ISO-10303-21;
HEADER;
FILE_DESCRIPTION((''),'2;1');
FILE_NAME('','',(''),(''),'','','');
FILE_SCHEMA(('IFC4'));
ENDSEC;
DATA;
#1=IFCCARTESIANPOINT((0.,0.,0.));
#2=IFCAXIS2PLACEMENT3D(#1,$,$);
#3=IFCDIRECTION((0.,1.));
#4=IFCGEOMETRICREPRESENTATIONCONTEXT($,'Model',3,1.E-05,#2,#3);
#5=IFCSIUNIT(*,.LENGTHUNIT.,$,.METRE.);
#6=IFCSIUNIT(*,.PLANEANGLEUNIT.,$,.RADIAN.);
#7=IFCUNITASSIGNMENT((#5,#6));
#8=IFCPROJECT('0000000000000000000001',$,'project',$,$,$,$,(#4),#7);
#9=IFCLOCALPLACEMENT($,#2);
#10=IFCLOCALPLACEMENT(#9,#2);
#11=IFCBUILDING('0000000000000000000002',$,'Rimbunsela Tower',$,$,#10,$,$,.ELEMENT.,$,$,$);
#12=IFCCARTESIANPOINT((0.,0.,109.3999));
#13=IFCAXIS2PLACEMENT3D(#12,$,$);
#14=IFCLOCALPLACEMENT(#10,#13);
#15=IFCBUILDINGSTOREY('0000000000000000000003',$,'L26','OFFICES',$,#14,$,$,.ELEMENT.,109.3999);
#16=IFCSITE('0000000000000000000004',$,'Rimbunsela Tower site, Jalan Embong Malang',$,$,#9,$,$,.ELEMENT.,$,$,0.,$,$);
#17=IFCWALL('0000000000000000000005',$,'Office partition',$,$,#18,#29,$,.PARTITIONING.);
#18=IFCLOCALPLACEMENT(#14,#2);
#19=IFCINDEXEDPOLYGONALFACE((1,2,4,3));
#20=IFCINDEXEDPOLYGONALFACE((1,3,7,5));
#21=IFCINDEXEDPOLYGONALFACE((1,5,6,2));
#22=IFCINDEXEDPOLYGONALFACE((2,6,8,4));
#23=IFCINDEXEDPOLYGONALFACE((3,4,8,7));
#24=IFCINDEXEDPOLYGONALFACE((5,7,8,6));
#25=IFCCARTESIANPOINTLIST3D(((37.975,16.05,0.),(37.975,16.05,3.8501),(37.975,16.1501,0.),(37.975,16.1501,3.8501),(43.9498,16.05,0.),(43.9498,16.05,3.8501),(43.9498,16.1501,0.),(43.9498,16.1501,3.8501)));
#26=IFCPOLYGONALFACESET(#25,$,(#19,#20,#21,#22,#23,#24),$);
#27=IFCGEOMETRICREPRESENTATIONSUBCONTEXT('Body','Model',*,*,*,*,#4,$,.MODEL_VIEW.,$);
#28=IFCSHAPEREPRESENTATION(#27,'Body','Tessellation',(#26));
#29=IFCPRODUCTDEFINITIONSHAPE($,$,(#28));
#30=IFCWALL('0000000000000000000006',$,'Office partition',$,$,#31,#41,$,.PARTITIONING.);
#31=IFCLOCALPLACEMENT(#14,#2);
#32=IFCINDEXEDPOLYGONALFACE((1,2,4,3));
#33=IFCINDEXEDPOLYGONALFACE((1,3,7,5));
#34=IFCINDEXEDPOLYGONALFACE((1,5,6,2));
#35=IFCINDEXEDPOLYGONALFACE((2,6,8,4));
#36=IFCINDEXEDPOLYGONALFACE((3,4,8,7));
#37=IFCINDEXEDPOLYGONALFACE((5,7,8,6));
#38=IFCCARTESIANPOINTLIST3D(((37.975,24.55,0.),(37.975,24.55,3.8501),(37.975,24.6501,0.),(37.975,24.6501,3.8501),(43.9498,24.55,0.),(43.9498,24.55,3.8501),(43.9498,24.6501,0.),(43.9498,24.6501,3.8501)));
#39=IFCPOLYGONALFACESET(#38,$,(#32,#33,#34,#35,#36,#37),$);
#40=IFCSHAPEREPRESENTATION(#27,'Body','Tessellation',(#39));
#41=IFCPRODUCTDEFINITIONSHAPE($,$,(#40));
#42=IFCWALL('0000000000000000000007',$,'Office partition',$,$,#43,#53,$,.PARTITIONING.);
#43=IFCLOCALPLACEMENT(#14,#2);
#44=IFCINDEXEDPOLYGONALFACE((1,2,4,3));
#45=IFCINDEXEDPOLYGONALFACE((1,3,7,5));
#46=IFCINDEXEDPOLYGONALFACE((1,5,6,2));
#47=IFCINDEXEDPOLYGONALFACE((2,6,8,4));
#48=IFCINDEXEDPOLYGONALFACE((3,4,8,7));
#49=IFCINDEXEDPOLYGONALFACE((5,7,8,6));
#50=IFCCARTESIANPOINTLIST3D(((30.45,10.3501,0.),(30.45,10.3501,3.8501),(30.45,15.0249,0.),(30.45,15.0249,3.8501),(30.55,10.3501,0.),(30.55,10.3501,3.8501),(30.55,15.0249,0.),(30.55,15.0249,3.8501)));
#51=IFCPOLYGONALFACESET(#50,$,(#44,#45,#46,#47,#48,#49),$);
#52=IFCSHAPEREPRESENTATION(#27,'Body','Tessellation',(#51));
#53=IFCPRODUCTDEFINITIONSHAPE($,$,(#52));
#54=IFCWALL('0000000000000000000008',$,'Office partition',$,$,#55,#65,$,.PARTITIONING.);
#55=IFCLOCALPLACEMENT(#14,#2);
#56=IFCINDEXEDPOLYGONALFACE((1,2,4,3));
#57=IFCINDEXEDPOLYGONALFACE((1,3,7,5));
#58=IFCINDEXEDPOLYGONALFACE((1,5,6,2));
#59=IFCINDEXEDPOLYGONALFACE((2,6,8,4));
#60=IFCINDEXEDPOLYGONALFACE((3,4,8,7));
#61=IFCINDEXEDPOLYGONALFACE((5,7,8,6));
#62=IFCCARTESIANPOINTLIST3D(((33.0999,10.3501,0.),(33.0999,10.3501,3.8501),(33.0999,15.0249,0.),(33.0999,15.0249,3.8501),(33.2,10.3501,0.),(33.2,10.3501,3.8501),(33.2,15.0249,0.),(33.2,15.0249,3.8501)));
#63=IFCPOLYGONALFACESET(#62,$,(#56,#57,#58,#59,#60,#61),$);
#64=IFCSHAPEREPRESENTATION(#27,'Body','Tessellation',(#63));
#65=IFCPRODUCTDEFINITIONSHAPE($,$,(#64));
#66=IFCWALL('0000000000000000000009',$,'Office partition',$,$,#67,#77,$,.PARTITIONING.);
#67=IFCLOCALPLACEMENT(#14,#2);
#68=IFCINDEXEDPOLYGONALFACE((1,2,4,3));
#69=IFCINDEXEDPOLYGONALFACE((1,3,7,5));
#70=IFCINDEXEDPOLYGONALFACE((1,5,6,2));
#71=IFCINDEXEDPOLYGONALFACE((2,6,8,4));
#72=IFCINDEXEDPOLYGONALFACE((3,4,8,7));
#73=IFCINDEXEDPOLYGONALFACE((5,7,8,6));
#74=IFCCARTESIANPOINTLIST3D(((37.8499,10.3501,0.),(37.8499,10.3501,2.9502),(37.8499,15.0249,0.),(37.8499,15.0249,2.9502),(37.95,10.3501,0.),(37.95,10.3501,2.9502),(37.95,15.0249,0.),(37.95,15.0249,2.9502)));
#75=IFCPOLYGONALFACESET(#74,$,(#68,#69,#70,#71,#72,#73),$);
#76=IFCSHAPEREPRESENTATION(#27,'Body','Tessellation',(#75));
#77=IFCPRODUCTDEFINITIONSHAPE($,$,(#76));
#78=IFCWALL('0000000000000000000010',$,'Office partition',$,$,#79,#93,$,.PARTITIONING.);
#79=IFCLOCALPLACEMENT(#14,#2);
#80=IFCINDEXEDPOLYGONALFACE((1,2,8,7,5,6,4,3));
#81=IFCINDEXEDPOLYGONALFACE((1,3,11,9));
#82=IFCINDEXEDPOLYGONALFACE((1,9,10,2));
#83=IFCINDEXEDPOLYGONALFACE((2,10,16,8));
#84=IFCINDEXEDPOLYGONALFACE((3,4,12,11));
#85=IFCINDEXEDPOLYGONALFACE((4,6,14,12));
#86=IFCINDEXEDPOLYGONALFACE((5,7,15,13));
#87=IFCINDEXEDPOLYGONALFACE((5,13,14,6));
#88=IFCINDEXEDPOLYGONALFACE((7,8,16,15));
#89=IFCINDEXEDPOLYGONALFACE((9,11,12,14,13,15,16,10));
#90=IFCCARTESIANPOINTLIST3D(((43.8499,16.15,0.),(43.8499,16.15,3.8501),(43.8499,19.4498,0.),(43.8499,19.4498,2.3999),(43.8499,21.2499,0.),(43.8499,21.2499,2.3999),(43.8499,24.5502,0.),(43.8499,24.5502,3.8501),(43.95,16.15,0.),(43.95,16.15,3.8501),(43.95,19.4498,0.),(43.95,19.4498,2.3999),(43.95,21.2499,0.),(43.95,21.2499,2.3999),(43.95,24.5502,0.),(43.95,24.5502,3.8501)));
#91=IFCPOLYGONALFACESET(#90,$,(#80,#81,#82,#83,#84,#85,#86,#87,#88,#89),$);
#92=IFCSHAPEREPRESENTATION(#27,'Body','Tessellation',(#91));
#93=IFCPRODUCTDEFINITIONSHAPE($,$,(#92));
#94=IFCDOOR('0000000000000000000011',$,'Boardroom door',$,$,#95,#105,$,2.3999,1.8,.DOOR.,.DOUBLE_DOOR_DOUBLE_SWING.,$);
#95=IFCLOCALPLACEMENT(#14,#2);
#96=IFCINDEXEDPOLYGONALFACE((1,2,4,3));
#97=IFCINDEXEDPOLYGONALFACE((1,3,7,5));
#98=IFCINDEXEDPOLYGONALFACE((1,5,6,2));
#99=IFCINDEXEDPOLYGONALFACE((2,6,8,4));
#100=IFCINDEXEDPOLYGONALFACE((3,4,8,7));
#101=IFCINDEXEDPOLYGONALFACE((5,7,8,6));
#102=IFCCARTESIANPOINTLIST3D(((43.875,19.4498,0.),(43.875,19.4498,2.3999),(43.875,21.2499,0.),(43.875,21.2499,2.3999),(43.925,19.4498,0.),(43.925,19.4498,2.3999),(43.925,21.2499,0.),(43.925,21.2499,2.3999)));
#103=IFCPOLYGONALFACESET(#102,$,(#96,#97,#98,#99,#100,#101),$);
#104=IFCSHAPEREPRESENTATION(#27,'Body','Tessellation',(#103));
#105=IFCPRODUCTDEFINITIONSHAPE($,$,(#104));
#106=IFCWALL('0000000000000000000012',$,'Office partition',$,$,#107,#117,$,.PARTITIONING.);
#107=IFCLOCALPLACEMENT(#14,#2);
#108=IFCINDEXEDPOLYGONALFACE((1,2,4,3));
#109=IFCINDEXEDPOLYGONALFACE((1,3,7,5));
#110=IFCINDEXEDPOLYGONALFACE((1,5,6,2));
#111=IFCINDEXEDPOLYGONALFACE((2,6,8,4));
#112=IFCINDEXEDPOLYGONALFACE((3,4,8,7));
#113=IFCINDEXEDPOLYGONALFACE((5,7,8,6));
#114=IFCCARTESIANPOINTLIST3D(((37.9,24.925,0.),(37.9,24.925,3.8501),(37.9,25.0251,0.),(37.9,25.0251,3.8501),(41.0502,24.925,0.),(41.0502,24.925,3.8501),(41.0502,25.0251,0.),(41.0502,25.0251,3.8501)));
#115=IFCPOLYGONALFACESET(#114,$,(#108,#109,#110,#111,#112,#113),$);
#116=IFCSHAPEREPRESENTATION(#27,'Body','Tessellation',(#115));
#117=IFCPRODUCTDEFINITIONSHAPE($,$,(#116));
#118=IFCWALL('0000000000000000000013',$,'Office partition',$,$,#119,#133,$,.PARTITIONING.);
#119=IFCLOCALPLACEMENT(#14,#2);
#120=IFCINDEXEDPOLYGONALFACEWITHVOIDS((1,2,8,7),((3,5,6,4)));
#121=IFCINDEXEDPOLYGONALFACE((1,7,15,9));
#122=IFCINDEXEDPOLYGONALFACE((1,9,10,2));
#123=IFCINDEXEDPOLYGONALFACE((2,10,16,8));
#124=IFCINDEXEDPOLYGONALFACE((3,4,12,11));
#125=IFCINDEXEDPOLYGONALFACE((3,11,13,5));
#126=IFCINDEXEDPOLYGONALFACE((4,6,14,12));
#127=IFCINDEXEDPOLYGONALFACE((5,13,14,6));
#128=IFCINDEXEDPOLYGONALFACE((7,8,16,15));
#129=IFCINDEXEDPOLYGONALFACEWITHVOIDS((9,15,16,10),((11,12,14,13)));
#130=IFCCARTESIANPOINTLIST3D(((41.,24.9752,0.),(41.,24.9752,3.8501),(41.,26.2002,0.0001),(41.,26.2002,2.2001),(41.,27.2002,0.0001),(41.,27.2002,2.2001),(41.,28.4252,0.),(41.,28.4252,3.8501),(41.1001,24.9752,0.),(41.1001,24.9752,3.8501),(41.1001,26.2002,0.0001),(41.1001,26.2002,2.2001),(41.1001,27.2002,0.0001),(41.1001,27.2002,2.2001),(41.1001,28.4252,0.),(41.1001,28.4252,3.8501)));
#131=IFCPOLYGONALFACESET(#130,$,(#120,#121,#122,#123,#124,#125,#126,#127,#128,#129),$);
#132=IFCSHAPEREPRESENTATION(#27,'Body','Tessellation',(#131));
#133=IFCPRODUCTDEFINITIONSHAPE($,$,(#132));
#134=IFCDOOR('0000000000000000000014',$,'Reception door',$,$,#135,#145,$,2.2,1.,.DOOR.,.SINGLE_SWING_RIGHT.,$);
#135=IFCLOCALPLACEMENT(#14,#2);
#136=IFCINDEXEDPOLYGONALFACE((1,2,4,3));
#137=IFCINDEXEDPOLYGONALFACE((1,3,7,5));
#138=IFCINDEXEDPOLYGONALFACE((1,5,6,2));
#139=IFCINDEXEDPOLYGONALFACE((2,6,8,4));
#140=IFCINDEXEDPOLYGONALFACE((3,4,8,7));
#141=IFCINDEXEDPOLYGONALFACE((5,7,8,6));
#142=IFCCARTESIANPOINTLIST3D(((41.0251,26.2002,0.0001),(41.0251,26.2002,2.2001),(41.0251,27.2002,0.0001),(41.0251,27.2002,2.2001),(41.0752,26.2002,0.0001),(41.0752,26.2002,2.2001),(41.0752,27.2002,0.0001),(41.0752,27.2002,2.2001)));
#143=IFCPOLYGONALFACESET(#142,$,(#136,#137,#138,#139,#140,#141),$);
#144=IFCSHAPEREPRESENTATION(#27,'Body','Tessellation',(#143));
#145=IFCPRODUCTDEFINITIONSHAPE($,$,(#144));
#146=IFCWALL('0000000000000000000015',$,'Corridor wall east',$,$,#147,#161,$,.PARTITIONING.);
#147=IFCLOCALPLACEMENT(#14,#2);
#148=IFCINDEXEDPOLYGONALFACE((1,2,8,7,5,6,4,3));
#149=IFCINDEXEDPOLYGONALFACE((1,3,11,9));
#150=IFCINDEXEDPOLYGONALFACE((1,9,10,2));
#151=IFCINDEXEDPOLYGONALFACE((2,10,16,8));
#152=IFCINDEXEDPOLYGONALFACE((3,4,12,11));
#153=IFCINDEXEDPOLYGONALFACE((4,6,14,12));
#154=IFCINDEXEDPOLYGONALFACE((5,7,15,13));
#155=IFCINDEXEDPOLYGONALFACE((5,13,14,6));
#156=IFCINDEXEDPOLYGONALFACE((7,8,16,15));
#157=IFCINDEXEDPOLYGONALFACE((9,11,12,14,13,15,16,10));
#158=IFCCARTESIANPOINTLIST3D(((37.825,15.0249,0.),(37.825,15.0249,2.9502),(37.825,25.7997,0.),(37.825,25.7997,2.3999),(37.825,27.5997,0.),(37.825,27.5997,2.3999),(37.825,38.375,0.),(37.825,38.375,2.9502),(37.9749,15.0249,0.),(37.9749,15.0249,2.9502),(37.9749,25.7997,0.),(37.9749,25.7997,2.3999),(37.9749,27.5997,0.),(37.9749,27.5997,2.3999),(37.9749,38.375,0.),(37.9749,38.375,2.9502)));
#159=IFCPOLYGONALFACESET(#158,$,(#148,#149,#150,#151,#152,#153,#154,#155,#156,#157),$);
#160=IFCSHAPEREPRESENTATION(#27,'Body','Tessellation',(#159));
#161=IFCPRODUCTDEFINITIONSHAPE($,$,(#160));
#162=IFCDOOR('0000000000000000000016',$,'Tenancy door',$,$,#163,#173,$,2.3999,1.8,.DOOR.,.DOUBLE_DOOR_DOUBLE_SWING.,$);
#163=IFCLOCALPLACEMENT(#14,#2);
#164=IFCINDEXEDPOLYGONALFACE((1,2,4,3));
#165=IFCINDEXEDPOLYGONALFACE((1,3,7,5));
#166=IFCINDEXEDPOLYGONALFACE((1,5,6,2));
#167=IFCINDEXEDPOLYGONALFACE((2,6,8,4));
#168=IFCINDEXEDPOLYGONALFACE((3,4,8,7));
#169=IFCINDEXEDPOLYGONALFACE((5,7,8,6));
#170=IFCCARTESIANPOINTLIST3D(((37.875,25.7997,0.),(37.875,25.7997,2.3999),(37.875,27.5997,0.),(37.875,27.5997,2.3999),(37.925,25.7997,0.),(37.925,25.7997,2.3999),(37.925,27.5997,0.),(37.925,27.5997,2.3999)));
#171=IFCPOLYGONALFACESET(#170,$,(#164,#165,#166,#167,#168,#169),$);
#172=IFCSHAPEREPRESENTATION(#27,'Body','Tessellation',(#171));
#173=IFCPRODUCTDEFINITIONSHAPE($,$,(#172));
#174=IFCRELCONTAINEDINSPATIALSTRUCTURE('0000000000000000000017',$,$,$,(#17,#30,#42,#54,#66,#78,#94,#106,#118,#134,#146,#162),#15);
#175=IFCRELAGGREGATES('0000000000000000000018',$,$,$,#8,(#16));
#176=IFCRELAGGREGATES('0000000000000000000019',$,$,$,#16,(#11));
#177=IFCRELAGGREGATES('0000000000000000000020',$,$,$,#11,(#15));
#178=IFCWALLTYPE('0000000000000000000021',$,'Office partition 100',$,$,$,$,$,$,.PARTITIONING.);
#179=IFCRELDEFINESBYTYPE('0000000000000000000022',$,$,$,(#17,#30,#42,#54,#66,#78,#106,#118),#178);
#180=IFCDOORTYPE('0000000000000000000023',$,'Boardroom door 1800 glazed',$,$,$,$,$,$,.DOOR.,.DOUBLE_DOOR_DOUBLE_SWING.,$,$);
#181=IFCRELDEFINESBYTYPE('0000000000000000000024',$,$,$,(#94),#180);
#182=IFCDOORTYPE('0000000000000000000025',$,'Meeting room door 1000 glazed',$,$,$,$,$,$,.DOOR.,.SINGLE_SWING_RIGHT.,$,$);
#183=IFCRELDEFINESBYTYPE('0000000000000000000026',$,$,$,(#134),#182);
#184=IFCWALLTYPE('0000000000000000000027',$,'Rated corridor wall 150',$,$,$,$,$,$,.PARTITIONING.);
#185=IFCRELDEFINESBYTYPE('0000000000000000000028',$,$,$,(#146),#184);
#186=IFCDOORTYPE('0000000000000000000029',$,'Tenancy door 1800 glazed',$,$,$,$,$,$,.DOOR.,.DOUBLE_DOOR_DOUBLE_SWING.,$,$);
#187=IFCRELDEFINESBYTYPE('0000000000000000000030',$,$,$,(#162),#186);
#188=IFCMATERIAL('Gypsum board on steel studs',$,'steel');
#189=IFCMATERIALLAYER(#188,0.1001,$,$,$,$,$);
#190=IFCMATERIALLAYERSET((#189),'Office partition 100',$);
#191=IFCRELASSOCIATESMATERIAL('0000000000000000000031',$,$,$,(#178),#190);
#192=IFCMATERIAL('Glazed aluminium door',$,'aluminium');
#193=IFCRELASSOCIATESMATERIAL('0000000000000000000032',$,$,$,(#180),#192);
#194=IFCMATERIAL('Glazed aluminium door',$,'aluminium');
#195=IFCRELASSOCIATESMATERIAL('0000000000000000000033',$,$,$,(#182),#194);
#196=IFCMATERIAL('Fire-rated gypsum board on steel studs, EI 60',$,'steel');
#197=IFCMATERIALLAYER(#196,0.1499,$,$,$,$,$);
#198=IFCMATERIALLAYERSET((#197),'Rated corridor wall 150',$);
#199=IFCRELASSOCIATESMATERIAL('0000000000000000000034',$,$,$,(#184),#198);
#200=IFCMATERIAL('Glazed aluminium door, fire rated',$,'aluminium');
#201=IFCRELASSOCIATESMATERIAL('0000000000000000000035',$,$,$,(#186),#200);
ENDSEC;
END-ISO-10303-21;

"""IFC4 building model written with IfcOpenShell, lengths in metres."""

from ifc_helpers import new_model, si_unit, direction, frame, frame_2d, origin, place, context, subcontext, project, spatial, rectangle, extrude, material, layer, layer_set, type_object, element, fill, save


model = new_model("IFC4")

# Units and contexts
model_context = context("Model", 3, precision=1e-05, world=origin(), true_north=direction((0.0, 1.0)))
body_context = subcontext(model_context, "Body", "Model", "MODEL_VIEW")
ifc_project = project(units=[si_unit("LENGTHUNIT", "METRE"), si_unit("PLANEANGLEUNIT", "RADIAN")], contexts=[model_context])

# Site, building, storey
site_placement = place(None, origin())
site = spatial("IfcSite", under=ifc_project, at=site_placement, Name="Rimbunsela Tower site, Jalan Embong Malang", CompositionType="ELEMENT", RefElevation=0.0)
building_placement = place(site_placement, origin())
building = spatial("IfcBuilding", under=site, at=building_placement, Name="Rimbunsela Tower", CompositionType="ELEMENT")
storey_placement = place(building_placement, frame((0.0, 0.0, 109.3999)))
storey = spatial("IfcBuildingStorey", under=building, at=storey_placement, Name="L26", Description="OFFICES", CompositionType="ELEMENT", Elevation=109.3999)

# Walls
ifc_material_1 = material(Name="Gypsum board on steel studs", Category="steel")
ifc_layer_1 = layer(ifc_material_1, 0.1001)
ifc_layer_set_1 = layer_set([ifc_layer_1], Name="Office partition 100")
wall_type_1 = type_object("IfcWallType", Name="Office partition 100", PredefinedType="PARTITIONING", material=ifc_layer_set_1)
for number, where, z_axis, x_axis, name in (
    (1, (37.9751, 16.1001, 0.0), (0.0, 0.0, 1.0), (1.0, 0.0, 0.0), "Office partition"),
    (2, (37.9751, 24.6001, 0.0), (0.0, 0.0, 1.0), (1.0, 0.0, 0.0), "Office partition"),
):
    element("IfcWall", number, at=place(storey_placement, frame(where, z_axis=z_axis, x_axis=x_axis)), inside=storey, type_object=wall_type_1, Name=name, PredefinedType="PARTITIONING", context=body_context, shape_type="SweptSolid", body=[
        extrude(rectangle(XDim=5.9749, YDim=0.1001, at=frame_2d((2.9873, 0.0))), origin(), (0.0, 0.0, 1.0), 3.8501),
    ])
for number, where, z_axis, x_axis, name in (
    (3, (30.5, 10.3501, 0.0), (0.0, 0.0, 1.0), (0.0, 1.0, 0.0), "Office partition"),
    (4, (33.1499, 10.3501, 0.0), (0.0, 0.0, 1.0), (0.0, 1.0, 0.0), "Office partition"),
):
    element("IfcWall", number, at=place(storey_placement, frame(where, z_axis=z_axis, x_axis=x_axis)), inside=storey, type_object=wall_type_1, Name=name, PredefinedType="PARTITIONING", context=body_context, shape_type="SweptSolid", body=[
        extrude(rectangle(XDim=4.6748, YDim=0.1001, at=frame_2d((2.3374, 0.0))), origin(), (0.0, 0.0, 1.0), 3.8501),
    ])
wall_1_placement = place(storey_placement, frame((37.8999, 10.3501, 0.0), z_axis=(0.0, 0.0, 1.0), x_axis=(0.0, 1.0, 0.0)))
element("IfcWall", 5, at=wall_1_placement, inside=storey, type_object=wall_type_1, Name="Office partition", PredefinedType="PARTITIONING", context=body_context, shape_type="SweptSolid", body=[
    extrude(rectangle(XDim=4.6748, YDim=0.1001, at=frame_2d((2.3374, 0.0))), origin(), (0.0, 0.0, 1.0), 2.9502),
])

# Wall, opening, door
wall_2_placement = place(storey_placement, frame((43.8999, 16.1499, 0.0), z_axis=(0.0, 0.0, 1.0), x_axis=(0.0, 1.0, 0.0)))
wall_2 = element("IfcWall", 6, at=wall_2_placement, inside=storey, type_object=wall_type_1, Name="Office partition", PredefinedType="PARTITIONING", context=body_context, shape_type="SweptSolid", body=[
    extrude(rectangle(XDim=8.4001, YDim=0.1001, at=frame_2d((4.2002, 0.0))), origin(), (0.0, 0.0, 1.0), 3.8501),
])
opening_1_placement = place(wall_2_placement, frame((3.3, 0.0, 0.0)))
opening_1 = element("IfcOpeningElement", 7, at=opening_1_placement, cuts=wall_2, PredefinedType="OPENING", context=body_context, shape_type="SweptSolid", body=[
    extrude(rectangle(XDim=1.8, YDim=2.3999, at=frame_2d((0.8999, 1.2))), frame((0.0, 0.0601, 0.0), z_axis=(0.0, -1.0, 0.0), x_axis=(1.0, 0.0, 0.0)), (0.0, 0.0, 1.0), 0.1201),
])
ifc_material_2 = material(Name="Glazed aluminium door", Category="aluminium")
door_type_1 = type_object("IfcDoorType", Name="Boardroom door 1800 glazed", OperationType="DOUBLE_DOOR_DOUBLE_SWING", PredefinedType="DOOR", material=ifc_material_2)
door_1_placement = place(opening_1_placement, origin())
door_1 = element("IfcDoor", 8, at=door_1_placement, inside=storey, type_object=door_type_1, Name="Boardroom door", OperationType="DOUBLE_DOOR_DOUBLE_SWING", OverallHeight=2.3999, OverallWidth=1.8, PredefinedType="DOOR", context=body_context, shape_type="SweptSolid", body=[
    extrude(rectangle(XDim=1.8, YDim=2.3999, at=frame_2d((0.8999, 1.2))), frame((0.0, 0.0249, 0.0), z_axis=(0.0, -1.0, 0.0), x_axis=(1.0, 0.0, 0.0)), (0.0, 0.0, 1.0), 0.05),
])
fill(opening_1, door_1)

# Wall
wall_3_placement = place(storey_placement, frame((37.8999, 24.9751, 0.0), z_axis=(0.0, 0.0, 1.0), x_axis=(1.0, 0.0, 0.0)))
element("IfcWall", 9, at=wall_3_placement, inside=storey, type_object=wall_type_1, Name="Office partition", PredefinedType="PARTITIONING", context=body_context, shape_type="SweptSolid", body=[
    extrude(rectangle(XDim=3.1501, YDim=0.1001, at=frame_2d((1.5752, 0.0))), origin(), (0.0, 0.0, 1.0), 3.8501),
])

# Walls, openings, doors
wall_4_placement = place(storey_placement, frame((41.05, 24.9751, 0.0), z_axis=(0.0, 0.0, 1.0), x_axis=(0.0, 1.0, 0.0)))
wall_4 = element("IfcWall", 10, at=wall_4_placement, inside=storey, type_object=wall_type_1, Name="Office partition", PredefinedType="PARTITIONING", context=body_context, shape_type="SweptSolid", body=[
    extrude(rectangle(XDim=3.45, YDim=0.1001, at=frame_2d((1.7251, 0.0))), origin(), (0.0, 0.0, 1.0), 3.8501),
])
opening_2_placement = place(wall_4_placement, frame((1.2251, 0.0, 0.0)))
opening_2 = element("IfcOpeningElement", 11, at=opening_2_placement, cuts=wall_4, PredefinedType="OPENING", context=body_context, shape_type="SweptSolid", body=[
    extrude(rectangle(XDim=1.0, YDim=2.2, at=frame_2d((0.5, 1.1001))), frame((0.0, 0.0601, 0.0), z_axis=(0.0, -1.0, 0.0), x_axis=(1.0, 0.0, 0.0)), (0.0, 0.0, 1.0), 0.1201),
])
ifc_material_3 = material(Name="Glazed aluminium door", Category="aluminium")
door_type_2 = type_object("IfcDoorType", Name="Meeting room door 1000 glazed", OperationType="SINGLE_SWING_RIGHT", PredefinedType="DOOR", material=ifc_material_3)
door_2_placement = place(opening_2_placement, origin())
door_2 = element("IfcDoor", 12, at=door_2_placement, inside=storey, type_object=door_type_2, Name="Reception door", OperationType="SINGLE_SWING_RIGHT", OverallHeight=2.2, OverallWidth=1.0, PredefinedType="DOOR", context=body_context, shape_type="SweptSolid", body=[
    extrude(rectangle(XDim=1.0, YDim=2.2, at=frame_2d((0.5, 1.1001))), frame((0.0, 0.0249, 0.0), z_axis=(0.0, -1.0, 0.0), x_axis=(1.0, 0.0, 0.0)), (0.0, 0.0, 1.0), 0.05),
])
fill(opening_2, door_2)
ifc_material_4 = material(Name="Fire-rated gypsum board on steel studs, EI 60", Category="steel")
ifc_layer_2 = layer(ifc_material_4, 0.1499)
ifc_layer_set_2 = layer_set([ifc_layer_2], Name="Rated corridor wall 150")
wall_type_2 = type_object("IfcWallType", Name="Rated corridor wall 150", PredefinedType="PARTITIONING", material=ifc_layer_set_2)
wall_5_placement = place(storey_placement, frame((37.8999, 15.0249, 0.0), z_axis=(0.0, 0.0, 1.0), x_axis=(0.0, 1.0, 0.0)))
wall_5 = element("IfcWall", 13, at=wall_5_placement, inside=storey, type_object=wall_type_2, Name="Corridor wall east", PredefinedType="PARTITIONING", context=body_context, shape_type="SweptSolid", body=[
    extrude(rectangle(XDim=23.3501, YDim=0.1499, at=frame_2d((11.675, 0.0))), origin(), (0.0, 0.0, 1.0), 2.9502),
])
opening_3_placement = place(wall_5_placement, frame((10.7749, 0.0, 0.0)))
opening_3 = element("IfcOpeningElement", 14, at=opening_3_placement, cuts=wall_5, PredefinedType="OPENING", context=body_context, shape_type="SweptSolid", body=[
    extrude(rectangle(XDim=1.8, YDim=2.3999, at=frame_2d((0.8999, 1.2))), frame((0.0, 0.085, 0.0), z_axis=(0.0, -1.0, 0.0), x_axis=(1.0, 0.0, 0.0)), (0.0, 0.0, 1.0), 0.1699),
])
ifc_material_5 = material(Name="Glazed aluminium door, fire rated", Category="aluminium")
door_type_3 = type_object("IfcDoorType", Name="Tenancy door 1800 glazed", OperationType="DOUBLE_DOOR_DOUBLE_SWING", PredefinedType="DOOR", material=ifc_material_5)
door_3_placement = place(opening_3_placement, origin())
door_3 = element("IfcDoor", 15, at=door_3_placement, inside=storey, type_object=door_type_3, Name="Tenancy door", OperationType="DOUBLE_DOOR_DOUBLE_SWING", OverallHeight=2.3999, OverallWidth=1.8, PredefinedType="DOOR", context=body_context, shape_type="SweptSolid", body=[
    extrude(rectangle(XDim=1.8, YDim=2.3999, at=frame_2d((0.8999, 1.2))), frame((0.0, 0.0249, 0.0), z_axis=(0.0, -1.0, 0.0), x_axis=(1.0, 0.0, 0.0)), (0.0, 0.0, 1.0), 0.05),
])
fill(opening_3, door_3)

save(model, "model.ifc")
